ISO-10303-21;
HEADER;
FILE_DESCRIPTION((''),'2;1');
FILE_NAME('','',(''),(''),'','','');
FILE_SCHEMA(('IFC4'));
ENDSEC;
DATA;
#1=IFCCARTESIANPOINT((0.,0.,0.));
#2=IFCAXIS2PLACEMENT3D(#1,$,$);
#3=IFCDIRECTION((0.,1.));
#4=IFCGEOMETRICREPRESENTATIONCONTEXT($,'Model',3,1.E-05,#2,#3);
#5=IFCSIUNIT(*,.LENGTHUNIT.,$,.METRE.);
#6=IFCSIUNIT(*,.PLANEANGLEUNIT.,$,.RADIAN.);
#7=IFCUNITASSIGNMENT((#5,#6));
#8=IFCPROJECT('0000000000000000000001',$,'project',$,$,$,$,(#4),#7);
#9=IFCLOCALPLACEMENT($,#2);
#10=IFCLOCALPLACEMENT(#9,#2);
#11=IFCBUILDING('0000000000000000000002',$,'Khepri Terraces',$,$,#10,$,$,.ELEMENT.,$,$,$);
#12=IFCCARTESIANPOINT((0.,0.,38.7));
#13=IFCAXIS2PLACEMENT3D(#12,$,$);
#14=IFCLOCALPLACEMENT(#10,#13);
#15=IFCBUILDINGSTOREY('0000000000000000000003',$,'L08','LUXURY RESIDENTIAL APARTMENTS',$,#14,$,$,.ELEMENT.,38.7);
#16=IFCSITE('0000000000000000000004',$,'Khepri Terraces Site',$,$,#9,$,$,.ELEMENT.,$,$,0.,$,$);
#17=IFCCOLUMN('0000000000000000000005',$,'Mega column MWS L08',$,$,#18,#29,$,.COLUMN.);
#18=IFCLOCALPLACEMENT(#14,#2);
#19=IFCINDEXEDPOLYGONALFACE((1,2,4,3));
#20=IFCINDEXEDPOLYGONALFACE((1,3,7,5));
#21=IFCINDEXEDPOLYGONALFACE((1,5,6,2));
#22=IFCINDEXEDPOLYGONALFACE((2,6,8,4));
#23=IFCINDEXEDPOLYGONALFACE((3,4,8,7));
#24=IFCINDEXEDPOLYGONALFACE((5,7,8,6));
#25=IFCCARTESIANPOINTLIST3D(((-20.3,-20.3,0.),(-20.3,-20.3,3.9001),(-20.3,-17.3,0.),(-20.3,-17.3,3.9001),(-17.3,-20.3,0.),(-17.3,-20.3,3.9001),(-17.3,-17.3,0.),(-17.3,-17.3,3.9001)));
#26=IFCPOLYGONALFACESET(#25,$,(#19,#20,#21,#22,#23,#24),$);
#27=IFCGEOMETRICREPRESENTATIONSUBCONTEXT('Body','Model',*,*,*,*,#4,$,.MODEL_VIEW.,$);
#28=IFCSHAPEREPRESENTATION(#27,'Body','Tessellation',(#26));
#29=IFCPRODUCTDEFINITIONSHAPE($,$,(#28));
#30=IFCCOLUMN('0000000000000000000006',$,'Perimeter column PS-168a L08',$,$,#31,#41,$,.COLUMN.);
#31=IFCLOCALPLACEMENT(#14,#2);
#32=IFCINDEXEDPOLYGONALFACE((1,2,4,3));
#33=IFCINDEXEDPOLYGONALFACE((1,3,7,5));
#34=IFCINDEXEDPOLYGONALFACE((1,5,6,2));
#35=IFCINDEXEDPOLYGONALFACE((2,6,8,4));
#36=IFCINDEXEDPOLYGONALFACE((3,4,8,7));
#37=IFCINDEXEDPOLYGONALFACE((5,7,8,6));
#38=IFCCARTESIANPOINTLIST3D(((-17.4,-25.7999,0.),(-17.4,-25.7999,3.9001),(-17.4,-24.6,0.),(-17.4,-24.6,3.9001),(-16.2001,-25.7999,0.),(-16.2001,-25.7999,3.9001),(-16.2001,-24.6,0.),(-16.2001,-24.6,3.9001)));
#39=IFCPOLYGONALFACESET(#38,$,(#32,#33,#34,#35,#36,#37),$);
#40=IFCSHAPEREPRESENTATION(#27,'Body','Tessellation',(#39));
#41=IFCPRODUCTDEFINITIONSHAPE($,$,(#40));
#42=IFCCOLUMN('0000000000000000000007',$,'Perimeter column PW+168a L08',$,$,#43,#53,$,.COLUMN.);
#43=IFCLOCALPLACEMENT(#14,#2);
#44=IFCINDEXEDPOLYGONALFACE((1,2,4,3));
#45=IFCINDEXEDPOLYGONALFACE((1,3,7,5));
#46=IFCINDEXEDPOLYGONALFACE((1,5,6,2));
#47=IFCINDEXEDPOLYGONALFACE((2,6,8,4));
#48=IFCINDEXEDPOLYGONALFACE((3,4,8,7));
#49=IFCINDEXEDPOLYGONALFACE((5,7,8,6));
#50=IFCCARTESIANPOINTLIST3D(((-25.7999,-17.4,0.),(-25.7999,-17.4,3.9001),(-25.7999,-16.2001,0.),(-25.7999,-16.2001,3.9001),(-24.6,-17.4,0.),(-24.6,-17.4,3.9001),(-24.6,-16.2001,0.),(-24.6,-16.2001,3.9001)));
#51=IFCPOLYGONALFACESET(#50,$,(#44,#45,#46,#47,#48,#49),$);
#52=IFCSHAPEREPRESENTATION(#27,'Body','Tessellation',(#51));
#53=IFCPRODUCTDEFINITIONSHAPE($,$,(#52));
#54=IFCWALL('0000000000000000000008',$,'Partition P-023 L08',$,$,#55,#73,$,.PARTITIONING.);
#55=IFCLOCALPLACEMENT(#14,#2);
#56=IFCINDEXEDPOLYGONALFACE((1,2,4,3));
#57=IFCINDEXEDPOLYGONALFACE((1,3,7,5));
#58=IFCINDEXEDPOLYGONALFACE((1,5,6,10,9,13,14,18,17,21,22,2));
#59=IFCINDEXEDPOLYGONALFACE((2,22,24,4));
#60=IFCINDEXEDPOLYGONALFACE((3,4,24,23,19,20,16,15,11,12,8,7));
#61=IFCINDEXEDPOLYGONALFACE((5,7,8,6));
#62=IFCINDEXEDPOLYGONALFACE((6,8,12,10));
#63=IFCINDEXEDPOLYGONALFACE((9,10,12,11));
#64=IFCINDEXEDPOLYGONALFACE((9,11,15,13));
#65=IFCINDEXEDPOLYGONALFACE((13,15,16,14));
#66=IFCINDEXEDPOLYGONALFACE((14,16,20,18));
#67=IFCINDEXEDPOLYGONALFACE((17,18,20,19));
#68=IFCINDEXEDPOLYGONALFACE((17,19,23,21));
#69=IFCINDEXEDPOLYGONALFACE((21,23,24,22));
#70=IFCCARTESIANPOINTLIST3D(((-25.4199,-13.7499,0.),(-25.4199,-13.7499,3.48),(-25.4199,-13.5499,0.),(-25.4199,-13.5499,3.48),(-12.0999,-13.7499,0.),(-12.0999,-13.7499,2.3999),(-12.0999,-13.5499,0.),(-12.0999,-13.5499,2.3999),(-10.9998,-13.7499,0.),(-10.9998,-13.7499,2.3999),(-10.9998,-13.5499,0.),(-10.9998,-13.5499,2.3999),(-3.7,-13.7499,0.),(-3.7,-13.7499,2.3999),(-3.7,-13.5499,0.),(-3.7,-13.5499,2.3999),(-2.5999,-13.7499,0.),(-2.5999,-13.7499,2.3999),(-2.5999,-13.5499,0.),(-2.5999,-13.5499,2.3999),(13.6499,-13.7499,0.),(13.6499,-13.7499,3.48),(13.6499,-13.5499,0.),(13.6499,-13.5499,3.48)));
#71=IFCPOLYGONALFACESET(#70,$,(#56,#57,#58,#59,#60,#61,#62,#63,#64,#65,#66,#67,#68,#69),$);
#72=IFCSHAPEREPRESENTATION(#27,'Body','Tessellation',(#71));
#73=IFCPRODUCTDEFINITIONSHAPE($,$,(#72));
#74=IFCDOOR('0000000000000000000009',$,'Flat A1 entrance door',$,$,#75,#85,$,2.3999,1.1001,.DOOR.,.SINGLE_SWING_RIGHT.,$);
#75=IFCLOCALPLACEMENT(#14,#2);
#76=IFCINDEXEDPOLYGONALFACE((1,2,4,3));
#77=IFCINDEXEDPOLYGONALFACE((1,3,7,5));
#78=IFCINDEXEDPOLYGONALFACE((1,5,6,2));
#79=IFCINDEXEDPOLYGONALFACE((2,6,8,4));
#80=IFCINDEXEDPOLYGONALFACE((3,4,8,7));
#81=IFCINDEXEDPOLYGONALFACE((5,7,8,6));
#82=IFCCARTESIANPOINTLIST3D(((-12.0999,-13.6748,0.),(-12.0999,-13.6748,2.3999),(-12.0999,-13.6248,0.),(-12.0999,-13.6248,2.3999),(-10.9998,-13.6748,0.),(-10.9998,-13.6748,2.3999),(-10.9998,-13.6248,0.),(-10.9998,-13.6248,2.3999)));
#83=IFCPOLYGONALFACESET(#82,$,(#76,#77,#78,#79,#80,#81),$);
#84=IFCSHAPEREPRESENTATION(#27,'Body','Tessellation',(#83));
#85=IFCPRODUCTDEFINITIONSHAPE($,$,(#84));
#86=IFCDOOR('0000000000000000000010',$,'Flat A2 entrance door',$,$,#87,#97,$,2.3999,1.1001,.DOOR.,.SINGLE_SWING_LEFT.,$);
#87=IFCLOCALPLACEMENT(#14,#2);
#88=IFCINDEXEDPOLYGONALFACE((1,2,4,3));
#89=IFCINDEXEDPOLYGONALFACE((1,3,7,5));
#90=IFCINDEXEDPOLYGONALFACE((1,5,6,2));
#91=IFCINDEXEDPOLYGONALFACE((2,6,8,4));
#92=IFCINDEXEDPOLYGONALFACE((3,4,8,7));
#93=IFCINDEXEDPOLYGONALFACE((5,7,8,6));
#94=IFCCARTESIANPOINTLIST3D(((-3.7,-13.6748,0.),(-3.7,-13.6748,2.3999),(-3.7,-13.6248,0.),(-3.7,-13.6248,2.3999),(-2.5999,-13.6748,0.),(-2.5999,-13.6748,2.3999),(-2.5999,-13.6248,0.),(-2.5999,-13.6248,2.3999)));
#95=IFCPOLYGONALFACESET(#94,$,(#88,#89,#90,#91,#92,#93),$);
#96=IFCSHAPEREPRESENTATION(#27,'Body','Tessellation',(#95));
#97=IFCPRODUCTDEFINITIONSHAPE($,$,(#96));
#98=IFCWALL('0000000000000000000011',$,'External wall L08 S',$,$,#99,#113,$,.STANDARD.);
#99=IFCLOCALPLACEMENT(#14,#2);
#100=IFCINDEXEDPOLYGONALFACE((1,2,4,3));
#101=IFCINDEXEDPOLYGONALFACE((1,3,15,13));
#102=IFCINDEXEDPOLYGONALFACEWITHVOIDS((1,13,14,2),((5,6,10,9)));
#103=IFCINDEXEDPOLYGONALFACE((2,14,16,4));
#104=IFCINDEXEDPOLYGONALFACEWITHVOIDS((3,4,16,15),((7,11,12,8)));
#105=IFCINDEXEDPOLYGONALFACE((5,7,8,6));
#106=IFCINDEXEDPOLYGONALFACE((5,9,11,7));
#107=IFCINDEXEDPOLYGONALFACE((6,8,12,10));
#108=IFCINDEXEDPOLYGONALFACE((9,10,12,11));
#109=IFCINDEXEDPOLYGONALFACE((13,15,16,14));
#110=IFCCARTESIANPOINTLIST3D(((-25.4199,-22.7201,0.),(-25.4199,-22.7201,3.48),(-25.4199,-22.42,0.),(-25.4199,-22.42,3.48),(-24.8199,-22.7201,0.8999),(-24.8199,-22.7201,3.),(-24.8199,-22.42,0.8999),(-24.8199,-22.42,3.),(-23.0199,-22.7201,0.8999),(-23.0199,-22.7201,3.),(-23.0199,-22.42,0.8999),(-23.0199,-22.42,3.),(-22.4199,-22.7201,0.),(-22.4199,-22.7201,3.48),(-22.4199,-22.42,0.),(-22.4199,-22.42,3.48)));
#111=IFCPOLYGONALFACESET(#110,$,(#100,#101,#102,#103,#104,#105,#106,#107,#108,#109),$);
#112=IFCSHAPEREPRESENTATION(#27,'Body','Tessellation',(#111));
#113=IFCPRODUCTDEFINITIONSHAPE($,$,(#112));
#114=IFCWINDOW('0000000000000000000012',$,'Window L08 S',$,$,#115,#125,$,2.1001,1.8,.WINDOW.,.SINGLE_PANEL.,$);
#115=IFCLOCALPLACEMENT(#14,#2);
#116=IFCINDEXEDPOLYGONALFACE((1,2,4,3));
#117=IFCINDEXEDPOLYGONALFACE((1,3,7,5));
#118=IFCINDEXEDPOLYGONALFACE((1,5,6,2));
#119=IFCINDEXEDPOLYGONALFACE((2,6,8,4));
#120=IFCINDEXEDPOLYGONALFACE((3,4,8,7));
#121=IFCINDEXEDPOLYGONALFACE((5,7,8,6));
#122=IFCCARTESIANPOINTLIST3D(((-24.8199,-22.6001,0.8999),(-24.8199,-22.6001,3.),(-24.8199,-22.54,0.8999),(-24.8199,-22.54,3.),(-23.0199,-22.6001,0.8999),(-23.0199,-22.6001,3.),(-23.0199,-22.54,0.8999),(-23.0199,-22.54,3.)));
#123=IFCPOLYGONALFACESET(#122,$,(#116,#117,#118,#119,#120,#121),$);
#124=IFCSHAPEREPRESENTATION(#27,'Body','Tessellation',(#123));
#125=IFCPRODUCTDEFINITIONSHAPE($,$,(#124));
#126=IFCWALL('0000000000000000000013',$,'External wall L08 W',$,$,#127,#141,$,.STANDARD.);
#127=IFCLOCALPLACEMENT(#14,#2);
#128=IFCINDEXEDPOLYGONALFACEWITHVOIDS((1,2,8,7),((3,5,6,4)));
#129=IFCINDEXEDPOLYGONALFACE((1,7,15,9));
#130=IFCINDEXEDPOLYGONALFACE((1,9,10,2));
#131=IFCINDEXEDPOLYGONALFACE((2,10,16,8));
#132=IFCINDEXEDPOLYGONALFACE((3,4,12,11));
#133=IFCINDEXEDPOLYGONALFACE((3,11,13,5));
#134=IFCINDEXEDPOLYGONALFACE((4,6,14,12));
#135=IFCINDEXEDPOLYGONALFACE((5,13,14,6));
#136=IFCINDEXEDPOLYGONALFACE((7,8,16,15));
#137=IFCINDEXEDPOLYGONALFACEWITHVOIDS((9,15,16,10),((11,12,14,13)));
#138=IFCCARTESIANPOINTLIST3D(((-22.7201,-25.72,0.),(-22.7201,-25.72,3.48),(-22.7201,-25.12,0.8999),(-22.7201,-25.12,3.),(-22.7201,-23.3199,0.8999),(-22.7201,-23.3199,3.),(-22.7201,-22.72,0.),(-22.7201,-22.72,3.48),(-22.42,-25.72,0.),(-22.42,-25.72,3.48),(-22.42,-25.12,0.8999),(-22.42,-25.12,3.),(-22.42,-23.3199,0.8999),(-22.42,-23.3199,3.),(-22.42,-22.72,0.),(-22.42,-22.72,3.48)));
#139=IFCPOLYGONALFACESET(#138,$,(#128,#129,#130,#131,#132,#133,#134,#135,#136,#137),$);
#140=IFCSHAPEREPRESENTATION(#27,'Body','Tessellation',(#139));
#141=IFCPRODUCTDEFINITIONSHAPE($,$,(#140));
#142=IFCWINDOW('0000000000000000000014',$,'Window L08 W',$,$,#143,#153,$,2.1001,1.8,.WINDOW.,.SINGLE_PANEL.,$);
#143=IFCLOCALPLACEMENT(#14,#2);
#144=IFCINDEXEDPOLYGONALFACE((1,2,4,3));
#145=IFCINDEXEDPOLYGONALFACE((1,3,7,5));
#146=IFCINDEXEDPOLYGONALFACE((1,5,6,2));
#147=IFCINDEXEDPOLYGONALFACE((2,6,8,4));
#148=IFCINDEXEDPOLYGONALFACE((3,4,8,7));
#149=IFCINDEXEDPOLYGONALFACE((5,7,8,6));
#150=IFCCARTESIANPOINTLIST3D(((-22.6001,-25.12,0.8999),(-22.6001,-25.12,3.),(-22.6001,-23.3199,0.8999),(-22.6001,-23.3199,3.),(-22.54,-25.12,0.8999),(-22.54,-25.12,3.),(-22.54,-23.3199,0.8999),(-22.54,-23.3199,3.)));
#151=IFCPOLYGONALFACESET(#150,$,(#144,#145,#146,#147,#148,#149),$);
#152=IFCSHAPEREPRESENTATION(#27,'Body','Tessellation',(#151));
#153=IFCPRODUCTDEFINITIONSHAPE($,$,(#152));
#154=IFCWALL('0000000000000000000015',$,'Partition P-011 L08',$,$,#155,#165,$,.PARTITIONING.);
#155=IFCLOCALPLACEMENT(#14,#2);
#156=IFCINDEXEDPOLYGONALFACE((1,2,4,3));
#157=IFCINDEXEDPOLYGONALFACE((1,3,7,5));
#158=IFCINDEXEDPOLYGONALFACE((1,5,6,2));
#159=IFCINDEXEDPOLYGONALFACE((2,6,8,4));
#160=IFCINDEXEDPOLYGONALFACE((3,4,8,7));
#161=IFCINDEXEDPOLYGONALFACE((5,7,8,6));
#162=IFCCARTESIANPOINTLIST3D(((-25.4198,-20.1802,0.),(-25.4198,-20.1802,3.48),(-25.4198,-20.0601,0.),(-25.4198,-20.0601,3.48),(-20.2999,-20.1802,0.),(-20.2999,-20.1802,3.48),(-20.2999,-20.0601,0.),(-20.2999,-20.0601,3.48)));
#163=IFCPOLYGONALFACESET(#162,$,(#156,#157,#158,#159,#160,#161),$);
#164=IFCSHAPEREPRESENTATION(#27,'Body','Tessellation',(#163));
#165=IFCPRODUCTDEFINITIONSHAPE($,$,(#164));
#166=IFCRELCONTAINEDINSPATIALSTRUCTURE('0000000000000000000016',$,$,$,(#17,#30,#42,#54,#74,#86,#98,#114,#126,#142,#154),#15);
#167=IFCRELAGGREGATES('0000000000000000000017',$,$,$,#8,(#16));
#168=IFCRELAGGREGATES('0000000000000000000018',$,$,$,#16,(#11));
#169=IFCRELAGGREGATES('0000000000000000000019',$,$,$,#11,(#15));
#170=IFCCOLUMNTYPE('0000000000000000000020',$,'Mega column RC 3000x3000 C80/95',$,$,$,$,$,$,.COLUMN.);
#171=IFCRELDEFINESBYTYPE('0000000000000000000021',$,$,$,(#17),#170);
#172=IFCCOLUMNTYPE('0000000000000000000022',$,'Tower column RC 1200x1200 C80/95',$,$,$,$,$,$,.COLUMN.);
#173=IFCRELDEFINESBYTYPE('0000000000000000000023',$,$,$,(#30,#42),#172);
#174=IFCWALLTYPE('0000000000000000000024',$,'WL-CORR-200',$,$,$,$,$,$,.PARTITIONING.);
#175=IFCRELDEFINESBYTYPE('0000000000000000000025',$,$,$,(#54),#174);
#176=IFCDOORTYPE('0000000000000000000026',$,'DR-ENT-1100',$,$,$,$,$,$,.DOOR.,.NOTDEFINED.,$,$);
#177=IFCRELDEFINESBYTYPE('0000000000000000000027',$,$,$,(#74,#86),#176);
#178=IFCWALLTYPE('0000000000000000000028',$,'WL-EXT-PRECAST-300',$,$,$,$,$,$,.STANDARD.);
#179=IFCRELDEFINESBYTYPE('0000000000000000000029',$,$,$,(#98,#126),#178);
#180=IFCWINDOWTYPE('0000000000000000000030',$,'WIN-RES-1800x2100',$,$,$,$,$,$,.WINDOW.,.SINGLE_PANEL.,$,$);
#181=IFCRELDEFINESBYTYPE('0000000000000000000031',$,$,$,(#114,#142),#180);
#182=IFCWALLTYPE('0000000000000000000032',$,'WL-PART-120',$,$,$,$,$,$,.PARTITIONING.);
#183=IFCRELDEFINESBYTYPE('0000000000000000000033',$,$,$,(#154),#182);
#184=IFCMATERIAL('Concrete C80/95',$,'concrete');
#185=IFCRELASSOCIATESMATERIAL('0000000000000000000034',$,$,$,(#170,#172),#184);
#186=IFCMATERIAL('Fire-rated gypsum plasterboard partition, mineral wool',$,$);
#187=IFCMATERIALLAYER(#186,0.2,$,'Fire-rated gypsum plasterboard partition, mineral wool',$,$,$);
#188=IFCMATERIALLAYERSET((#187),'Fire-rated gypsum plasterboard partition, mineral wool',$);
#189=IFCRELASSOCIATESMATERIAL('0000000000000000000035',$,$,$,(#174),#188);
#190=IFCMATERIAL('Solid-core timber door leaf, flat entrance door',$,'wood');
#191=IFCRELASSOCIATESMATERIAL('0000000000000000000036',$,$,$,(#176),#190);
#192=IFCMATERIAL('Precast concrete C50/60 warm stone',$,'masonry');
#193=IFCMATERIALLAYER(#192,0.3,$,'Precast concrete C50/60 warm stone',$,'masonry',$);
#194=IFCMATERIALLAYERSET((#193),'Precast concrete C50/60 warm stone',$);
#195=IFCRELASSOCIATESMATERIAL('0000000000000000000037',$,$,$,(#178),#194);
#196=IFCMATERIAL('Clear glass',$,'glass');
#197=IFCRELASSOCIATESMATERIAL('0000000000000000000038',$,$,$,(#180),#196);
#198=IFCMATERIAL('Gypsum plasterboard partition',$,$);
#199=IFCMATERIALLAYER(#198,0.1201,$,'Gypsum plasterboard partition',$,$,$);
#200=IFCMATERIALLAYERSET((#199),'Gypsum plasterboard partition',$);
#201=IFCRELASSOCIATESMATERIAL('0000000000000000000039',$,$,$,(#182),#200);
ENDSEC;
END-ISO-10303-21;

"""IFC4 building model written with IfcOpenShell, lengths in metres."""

from ifc_helpers import new_model, si_unit, direction, frame, frame_2d, origin, origin_2d, place, context, subcontext, project, spatial, rectangle, extrude, material, layer, layer_set, material_profile, profile_set, type_object, element, fill, save


model = new_model("IFC4")

# Units and contexts
model_context = context("Model", 3, precision=1e-05, world=origin(), true_north=direction((0.0, 1.0)))
body_context = subcontext(model_context, "Body", "Model", "MODEL_VIEW")
ifc_project = project(units=[si_unit("LENGTHUNIT", "METRE"), si_unit("PLANEANGLEUNIT", "RADIAN")], contexts=[model_context])

# Site, building, storey
site_placement = place(None, origin())
site = spatial("IfcSite", under=ifc_project, at=site_placement, Name="Khepri Terraces Site", CompositionType="ELEMENT", RefElevation=0.0)
building_placement = place(site_placement, origin())
building = spatial("IfcBuilding", under=site, at=building_placement, Name="Khepri Terraces", CompositionType="ELEMENT")
storey_placement = place(building_placement, frame((0.0, 0.0, 38.7)))
storey = spatial("IfcBuildingStorey", under=building, at=storey_placement, Name="L08", Description="LUXURY RESIDENTIAL APARTMENTS", CompositionType="ELEMENT", Elevation=38.7)

# Columns
ifc_material_1 = material(Name="Concrete C80/95", Category="concrete")
ifc_material_profile_1 = material_profile(ifc_material_1, rectangle(XDim=3.0, YDim=3.0, at=origin_2d()), Name="Concrete C80/95", Category="concrete")
ifc_profile_set_1 = profile_set([ifc_material_profile_1], Name="Concrete C80/95")
column_type_1 = type_object("IfcColumnType", Name="Mega column RC 3000x3000 C80/95", PredefinedType="COLUMN", material=ifc_profile_set_1)
column_placement = place(storey_placement, frame((-18.8, -18.8, 0.0), z_axis=(0.0, 0.0, 1.0), x_axis=(1.0, 0.0, 0.0)))
element("IfcColumn", 1, at=column_placement, inside=storey, type_object=column_type_1, Name="Mega column MWS L08", PredefinedType="COLUMN", context=body_context, shape_type="SweptSolid", body=[
    extrude(rectangle(XDim=3.0, YDim=3.0, at=origin_2d()), origin(), (0.0, 0.0, 1.0), 3.9001),
])
ifc_material_profile_2 = material_profile(ifc_material_1, rectangle(XDim=1.2, YDim=1.2, at=origin_2d()), Name="Concrete C80/95", Category="concrete")
ifc_profile_set_2 = profile_set([ifc_material_profile_2], Name="Concrete C80/95")
column_type_2 = type_object("IfcColumnType", Name="Tower column RC 1200x1200 C80/95", PredefinedType="COLUMN", material=ifc_profile_set_2)
for number, where, z_axis, x_axis, name in (
    (2, (-16.8, -25.2, 0.0), (0.0, 0.0, 1.0), (1.0, 0.0, 0.0), "Perimeter column PS-168a L08"),
    (3, (-25.2, -16.8, 0.0), (0.0, 0.0, 1.0), (1.0, 0.0, 0.0), "Perimeter column PW+168a L08"),
):
    element("IfcColumn", number, at=place(storey_placement, frame(where, z_axis=z_axis, x_axis=x_axis)), inside=storey, type_object=column_type_2, Name=name, PredefinedType="COLUMN", context=body_context, shape_type="SweptSolid", body=[
        extrude(rectangle(XDim=1.2, YDim=1.2, at=origin_2d()), origin(), (0.0, 0.0, 1.0), 3.9001),
    ])

# Wall, openings, doors
ifc_material_2 = material(Name="Fire-rated gypsum plasterboard partition, mineral wool")
ifc_layer_1 = layer(ifc_material_2, 0.2, Name="Fire-rated gypsum plasterboard partition, mineral wool")
ifc_layer_set_1 = layer_set([ifc_layer_1], Name="Fire-rated gypsum plasterboard partition, mineral wool")
wall_type_1 = type_object("IfcWallType", Name="WL-CORR-200", PredefinedType="PARTITIONING", material=ifc_layer_set_1)
wall_1_placement = place(storey_placement, frame((-25.4199, -13.6499, 0.0), z_axis=(0.0, 0.0, 1.0), x_axis=(1.0, 0.0, 0.0)))
wall_1 = element("IfcWall", 4, at=wall_1_placement, inside=storey, type_object=wall_type_1, Name="Partition P-023 L08", PredefinedType="PARTITIONING", context=body_context, shape_type="SweptSolid", body=[
    extrude(rectangle(XDim=39.0698, YDim=0.2, at=frame_2d((19.5349, 0.0))), origin(), (0.0, 0.0, 1.0), 3.48),
])
opening_1_placement = place(wall_1_placement, frame((13.3201, 0.0, 0.0)))
opening_1 = element("IfcOpeningElement", 5, at=opening_1_placement, cuts=wall_1, PredefinedType="OPENING", context=body_context, shape_type="SweptSolid", body=[
    extrude(rectangle(XDim=1.1001, YDim=2.3999, at=frame_2d((0.55, 1.2))), frame((0.0, 0.1099, 0.0), z_axis=(0.0, -1.0, 0.0), x_axis=(1.0, 0.0, 0.0)), (0.0, 0.0, 1.0), 0.22),
])
opening_2_placement = place(wall_1_placement, frame((21.72, 0.0, 0.0)))
opening_2 = element("IfcOpeningElement", 6, at=opening_2_placement, cuts=wall_1, PredefinedType="OPENING", context=body_context, shape_type="SweptSolid", body=[
    extrude(rectangle(XDim=1.1001, YDim=2.3999, at=frame_2d((0.55, 1.2))), frame((0.0, 0.1099, 0.0), z_axis=(0.0, -1.0, 0.0), x_axis=(1.0, 0.0, 0.0)), (0.0, 0.0, 1.0), 0.22),
])
ifc_material_3 = material(Name="Solid-core timber door leaf, flat entrance door", Category="wood")
door_type_1 = type_object("IfcDoorType", Name="DR-ENT-1100", OperationType="NOTDEFINED", PredefinedType="DOOR", material=ifc_material_3)
door_1_placement = place(opening_1_placement, frame((1.1001, 0.0, 0.0), z_axis=(0.0, 0.0, 1.0), x_axis=(-1.0, 0.0, 0.0)))
door_1 = element("IfcDoor", 7, at=door_1_placement, inside=storey, type_object=door_type_1, Name="Flat A1 entrance door", OperationType="SINGLE_SWING_RIGHT", OverallHeight=2.3999, OverallWidth=1.1001, PredefinedType="DOOR", context=body_context, shape_type="SweptSolid", body=[
    extrude(rectangle(XDim=1.1001, YDim=2.3999, at=frame_2d((0.55, 1.2))), frame((0.0, 0.0249, 0.0), z_axis=(0.0, -1.0, 0.0), x_axis=(1.0, 0.0, 0.0)), (0.0, 0.0, 1.0), 0.05),
])
fill(opening_1, door_1)
door_2_placement = place(opening_2_placement, frame((1.1001, 0.0, 0.0), z_axis=(0.0, 0.0, 1.0), x_axis=(-1.0, 0.0, 0.0)))
door_2 = element("IfcDoor", 8, at=door_2_placement, inside=storey, type_object=door_type_1, Name="Flat A2 entrance door", OperationType="SINGLE_SWING_LEFT", OverallHeight=2.3999, OverallWidth=1.1001, PredefinedType="DOOR", context=body_context, shape_type="SweptSolid", body=[
    extrude(rectangle(XDim=1.1001, YDim=2.3999, at=frame_2d((0.55, 1.2))), frame((0.0, 0.0249, 0.0), z_axis=(0.0, -1.0, 0.0), x_axis=(1.0, 0.0, 0.0)), (0.0, 0.0, 1.0), 0.05),
])
fill(opening_2, door_2)

# Shared definitions
ifc_material_4 = material(Name="Precast concrete C50/60 warm stone", Category="masonry")
ifc_layer_2 = layer(ifc_material_4, 0.3, Name="Precast concrete C50/60 warm stone", Category="masonry")
ifc_layer_set_2 = layer_set([ifc_layer_2], Name="Precast concrete C50/60 warm stone")
wall_type_2 = type_object("IfcWallType", Name="WL-EXT-PRECAST-300", PredefinedType="STANDARD", material=ifc_layer_set_2)
ifc_material_5 = material(Name="Clear glass", Category="glass")
window_type = type_object("IfcWindowType", Name="WIN-RES-1800x2100", PartitioningType="SINGLE_PANEL", PredefinedType="WINDOW", material=ifc_material_5)

# Walls, openings, windows
wall_2_placement = place(storey_placement, frame((-25.4199, -22.5701, 0.0), z_axis=(0.0, 0.0, 1.0), x_axis=(1.0, 0.0, 0.0)))
wall_2 = element("IfcWall", 9, at=wall_2_placement, inside=storey, type_object=wall_type_2, Name="External wall L08 S", PredefinedType="STANDARD", context=body_context, shape_type="SweptSolid", body=[
    extrude(rectangle(XDim=3.0, YDim=0.3, at=frame_2d((1.5, 0.0))), origin(), (0.0, 0.0, 1.0), 3.48),
])
opening_3_placement = place(wall_2_placement, frame((0.6001, 0.0, 0.8999)))
opening_3 = element("IfcOpeningElement", 10, at=opening_3_placement, cuts=wall_2, PredefinedType="OPENING", context=body_context, shape_type="SweptSolid", body=[
    extrude(rectangle(XDim=1.8, YDim=2.1001, at=frame_2d((0.8999, 1.05))), frame((0.0, 0.1602, 0.0), z_axis=(0.0, -1.0, 0.0), x_axis=(1.0, 0.0, 0.0)), (0.0, 0.0, 1.0), 0.3201),
])
window_1_placement = place(opening_3_placement, origin())
window_1 = element("IfcWindow", 11, at=window_1_placement, inside=storey, type_object=window_type, Name="Window L08 S", OverallHeight=2.1001, OverallWidth=1.8, PartitioningType="SINGLE_PANEL", PredefinedType="WINDOW", context=body_context, shape_type="SweptSolid", body=[
    extrude(rectangle(XDim=1.8, YDim=2.1001, at=frame_2d((0.8999, 1.05))), frame((0.0, 0.03, 0.0), z_axis=(0.0, -1.0, 0.0), x_axis=(1.0, 0.0, 0.0)), (0.0, 0.0, 1.0), 0.0601),
])
fill(opening_3, window_1)
wall_3_placement = place(storey_placement, frame((-22.5701, -22.72, 0.0), z_axis=(0.0, 0.0, 1.0), x_axis=(0.0, -1.0, 0.0)))
wall_3 = element("IfcWall", 12, at=wall_3_placement, inside=storey, type_object=wall_type_2, Name="External wall L08 W", PredefinedType="STANDARD", context=body_context, shape_type="SweptSolid", body=[
    extrude(rectangle(XDim=3.0, YDim=0.3, at=frame_2d((1.5, 0.0))), origin(), (0.0, 0.0, 1.0), 3.48),
])
opening_4_placement = place(wall_3_placement, frame((0.6001, 0.0, 0.8999)))
opening_4 = element("IfcOpeningElement", 13, at=opening_4_placement, cuts=wall_3, PredefinedType="OPENING", context=body_context, shape_type="SweptSolid", body=[
    extrude(rectangle(XDim=1.8, YDim=2.1001, at=frame_2d((0.8999, 1.05))), frame((0.0, 0.1602, 0.0), z_axis=(0.0, -1.0, 0.0), x_axis=(1.0, 0.0, 0.0)), (0.0, 0.0, 1.0), 0.3201),
])
window_2_placement = place(opening_4_placement, origin())
window_2 = element("IfcWindow", 14, at=window_2_placement, inside=storey, type_object=window_type, Name="Window L08 W", OverallHeight=2.1001, OverallWidth=1.8, PartitioningType="SINGLE_PANEL", PredefinedType="WINDOW", context=body_context, shape_type="SweptSolid", body=[
    extrude(rectangle(XDim=1.8, YDim=2.1001, at=frame_2d((0.8999, 1.05))), frame((0.0, 0.03, 0.0), z_axis=(0.0, -1.0, 0.0), x_axis=(1.0, 0.0, 0.0)), (0.0, 0.0, 1.0), 0.0601),
])
fill(opening_4, window_2)

# Wall
ifc_material_6 = material(Name="Gypsum plasterboard partition")
ifc_layer_3 = layer(ifc_material_6, 0.1201, Name="Gypsum plasterboard partition")
ifc_layer_set_3 = layer_set([ifc_layer_3], Name="Gypsum plasterboard partition")
wall_type_3 = type_object("IfcWallType", Name="WL-PART-120", PredefinedType="PARTITIONING", material=ifc_layer_set_3)
wall_4_placement = place(storey_placement, frame((-25.4199, -20.1201, 0.0), z_axis=(0.0, 0.0, 1.0), x_axis=(1.0, 0.0, 0.0)))
element("IfcWall", 15, at=wall_4_placement, inside=storey, type_object=wall_type_3, Name="Partition P-011 L08", PredefinedType="PARTITIONING", context=body_context, shape_type="SweptSolid", body=[
    extrude(rectangle(XDim=5.1199, YDim=0.1201, at=frame_2d((2.5601, 0.0))), origin(), (0.0, 0.0, 1.0), 3.48),
])

save(model, "model.ifc")
